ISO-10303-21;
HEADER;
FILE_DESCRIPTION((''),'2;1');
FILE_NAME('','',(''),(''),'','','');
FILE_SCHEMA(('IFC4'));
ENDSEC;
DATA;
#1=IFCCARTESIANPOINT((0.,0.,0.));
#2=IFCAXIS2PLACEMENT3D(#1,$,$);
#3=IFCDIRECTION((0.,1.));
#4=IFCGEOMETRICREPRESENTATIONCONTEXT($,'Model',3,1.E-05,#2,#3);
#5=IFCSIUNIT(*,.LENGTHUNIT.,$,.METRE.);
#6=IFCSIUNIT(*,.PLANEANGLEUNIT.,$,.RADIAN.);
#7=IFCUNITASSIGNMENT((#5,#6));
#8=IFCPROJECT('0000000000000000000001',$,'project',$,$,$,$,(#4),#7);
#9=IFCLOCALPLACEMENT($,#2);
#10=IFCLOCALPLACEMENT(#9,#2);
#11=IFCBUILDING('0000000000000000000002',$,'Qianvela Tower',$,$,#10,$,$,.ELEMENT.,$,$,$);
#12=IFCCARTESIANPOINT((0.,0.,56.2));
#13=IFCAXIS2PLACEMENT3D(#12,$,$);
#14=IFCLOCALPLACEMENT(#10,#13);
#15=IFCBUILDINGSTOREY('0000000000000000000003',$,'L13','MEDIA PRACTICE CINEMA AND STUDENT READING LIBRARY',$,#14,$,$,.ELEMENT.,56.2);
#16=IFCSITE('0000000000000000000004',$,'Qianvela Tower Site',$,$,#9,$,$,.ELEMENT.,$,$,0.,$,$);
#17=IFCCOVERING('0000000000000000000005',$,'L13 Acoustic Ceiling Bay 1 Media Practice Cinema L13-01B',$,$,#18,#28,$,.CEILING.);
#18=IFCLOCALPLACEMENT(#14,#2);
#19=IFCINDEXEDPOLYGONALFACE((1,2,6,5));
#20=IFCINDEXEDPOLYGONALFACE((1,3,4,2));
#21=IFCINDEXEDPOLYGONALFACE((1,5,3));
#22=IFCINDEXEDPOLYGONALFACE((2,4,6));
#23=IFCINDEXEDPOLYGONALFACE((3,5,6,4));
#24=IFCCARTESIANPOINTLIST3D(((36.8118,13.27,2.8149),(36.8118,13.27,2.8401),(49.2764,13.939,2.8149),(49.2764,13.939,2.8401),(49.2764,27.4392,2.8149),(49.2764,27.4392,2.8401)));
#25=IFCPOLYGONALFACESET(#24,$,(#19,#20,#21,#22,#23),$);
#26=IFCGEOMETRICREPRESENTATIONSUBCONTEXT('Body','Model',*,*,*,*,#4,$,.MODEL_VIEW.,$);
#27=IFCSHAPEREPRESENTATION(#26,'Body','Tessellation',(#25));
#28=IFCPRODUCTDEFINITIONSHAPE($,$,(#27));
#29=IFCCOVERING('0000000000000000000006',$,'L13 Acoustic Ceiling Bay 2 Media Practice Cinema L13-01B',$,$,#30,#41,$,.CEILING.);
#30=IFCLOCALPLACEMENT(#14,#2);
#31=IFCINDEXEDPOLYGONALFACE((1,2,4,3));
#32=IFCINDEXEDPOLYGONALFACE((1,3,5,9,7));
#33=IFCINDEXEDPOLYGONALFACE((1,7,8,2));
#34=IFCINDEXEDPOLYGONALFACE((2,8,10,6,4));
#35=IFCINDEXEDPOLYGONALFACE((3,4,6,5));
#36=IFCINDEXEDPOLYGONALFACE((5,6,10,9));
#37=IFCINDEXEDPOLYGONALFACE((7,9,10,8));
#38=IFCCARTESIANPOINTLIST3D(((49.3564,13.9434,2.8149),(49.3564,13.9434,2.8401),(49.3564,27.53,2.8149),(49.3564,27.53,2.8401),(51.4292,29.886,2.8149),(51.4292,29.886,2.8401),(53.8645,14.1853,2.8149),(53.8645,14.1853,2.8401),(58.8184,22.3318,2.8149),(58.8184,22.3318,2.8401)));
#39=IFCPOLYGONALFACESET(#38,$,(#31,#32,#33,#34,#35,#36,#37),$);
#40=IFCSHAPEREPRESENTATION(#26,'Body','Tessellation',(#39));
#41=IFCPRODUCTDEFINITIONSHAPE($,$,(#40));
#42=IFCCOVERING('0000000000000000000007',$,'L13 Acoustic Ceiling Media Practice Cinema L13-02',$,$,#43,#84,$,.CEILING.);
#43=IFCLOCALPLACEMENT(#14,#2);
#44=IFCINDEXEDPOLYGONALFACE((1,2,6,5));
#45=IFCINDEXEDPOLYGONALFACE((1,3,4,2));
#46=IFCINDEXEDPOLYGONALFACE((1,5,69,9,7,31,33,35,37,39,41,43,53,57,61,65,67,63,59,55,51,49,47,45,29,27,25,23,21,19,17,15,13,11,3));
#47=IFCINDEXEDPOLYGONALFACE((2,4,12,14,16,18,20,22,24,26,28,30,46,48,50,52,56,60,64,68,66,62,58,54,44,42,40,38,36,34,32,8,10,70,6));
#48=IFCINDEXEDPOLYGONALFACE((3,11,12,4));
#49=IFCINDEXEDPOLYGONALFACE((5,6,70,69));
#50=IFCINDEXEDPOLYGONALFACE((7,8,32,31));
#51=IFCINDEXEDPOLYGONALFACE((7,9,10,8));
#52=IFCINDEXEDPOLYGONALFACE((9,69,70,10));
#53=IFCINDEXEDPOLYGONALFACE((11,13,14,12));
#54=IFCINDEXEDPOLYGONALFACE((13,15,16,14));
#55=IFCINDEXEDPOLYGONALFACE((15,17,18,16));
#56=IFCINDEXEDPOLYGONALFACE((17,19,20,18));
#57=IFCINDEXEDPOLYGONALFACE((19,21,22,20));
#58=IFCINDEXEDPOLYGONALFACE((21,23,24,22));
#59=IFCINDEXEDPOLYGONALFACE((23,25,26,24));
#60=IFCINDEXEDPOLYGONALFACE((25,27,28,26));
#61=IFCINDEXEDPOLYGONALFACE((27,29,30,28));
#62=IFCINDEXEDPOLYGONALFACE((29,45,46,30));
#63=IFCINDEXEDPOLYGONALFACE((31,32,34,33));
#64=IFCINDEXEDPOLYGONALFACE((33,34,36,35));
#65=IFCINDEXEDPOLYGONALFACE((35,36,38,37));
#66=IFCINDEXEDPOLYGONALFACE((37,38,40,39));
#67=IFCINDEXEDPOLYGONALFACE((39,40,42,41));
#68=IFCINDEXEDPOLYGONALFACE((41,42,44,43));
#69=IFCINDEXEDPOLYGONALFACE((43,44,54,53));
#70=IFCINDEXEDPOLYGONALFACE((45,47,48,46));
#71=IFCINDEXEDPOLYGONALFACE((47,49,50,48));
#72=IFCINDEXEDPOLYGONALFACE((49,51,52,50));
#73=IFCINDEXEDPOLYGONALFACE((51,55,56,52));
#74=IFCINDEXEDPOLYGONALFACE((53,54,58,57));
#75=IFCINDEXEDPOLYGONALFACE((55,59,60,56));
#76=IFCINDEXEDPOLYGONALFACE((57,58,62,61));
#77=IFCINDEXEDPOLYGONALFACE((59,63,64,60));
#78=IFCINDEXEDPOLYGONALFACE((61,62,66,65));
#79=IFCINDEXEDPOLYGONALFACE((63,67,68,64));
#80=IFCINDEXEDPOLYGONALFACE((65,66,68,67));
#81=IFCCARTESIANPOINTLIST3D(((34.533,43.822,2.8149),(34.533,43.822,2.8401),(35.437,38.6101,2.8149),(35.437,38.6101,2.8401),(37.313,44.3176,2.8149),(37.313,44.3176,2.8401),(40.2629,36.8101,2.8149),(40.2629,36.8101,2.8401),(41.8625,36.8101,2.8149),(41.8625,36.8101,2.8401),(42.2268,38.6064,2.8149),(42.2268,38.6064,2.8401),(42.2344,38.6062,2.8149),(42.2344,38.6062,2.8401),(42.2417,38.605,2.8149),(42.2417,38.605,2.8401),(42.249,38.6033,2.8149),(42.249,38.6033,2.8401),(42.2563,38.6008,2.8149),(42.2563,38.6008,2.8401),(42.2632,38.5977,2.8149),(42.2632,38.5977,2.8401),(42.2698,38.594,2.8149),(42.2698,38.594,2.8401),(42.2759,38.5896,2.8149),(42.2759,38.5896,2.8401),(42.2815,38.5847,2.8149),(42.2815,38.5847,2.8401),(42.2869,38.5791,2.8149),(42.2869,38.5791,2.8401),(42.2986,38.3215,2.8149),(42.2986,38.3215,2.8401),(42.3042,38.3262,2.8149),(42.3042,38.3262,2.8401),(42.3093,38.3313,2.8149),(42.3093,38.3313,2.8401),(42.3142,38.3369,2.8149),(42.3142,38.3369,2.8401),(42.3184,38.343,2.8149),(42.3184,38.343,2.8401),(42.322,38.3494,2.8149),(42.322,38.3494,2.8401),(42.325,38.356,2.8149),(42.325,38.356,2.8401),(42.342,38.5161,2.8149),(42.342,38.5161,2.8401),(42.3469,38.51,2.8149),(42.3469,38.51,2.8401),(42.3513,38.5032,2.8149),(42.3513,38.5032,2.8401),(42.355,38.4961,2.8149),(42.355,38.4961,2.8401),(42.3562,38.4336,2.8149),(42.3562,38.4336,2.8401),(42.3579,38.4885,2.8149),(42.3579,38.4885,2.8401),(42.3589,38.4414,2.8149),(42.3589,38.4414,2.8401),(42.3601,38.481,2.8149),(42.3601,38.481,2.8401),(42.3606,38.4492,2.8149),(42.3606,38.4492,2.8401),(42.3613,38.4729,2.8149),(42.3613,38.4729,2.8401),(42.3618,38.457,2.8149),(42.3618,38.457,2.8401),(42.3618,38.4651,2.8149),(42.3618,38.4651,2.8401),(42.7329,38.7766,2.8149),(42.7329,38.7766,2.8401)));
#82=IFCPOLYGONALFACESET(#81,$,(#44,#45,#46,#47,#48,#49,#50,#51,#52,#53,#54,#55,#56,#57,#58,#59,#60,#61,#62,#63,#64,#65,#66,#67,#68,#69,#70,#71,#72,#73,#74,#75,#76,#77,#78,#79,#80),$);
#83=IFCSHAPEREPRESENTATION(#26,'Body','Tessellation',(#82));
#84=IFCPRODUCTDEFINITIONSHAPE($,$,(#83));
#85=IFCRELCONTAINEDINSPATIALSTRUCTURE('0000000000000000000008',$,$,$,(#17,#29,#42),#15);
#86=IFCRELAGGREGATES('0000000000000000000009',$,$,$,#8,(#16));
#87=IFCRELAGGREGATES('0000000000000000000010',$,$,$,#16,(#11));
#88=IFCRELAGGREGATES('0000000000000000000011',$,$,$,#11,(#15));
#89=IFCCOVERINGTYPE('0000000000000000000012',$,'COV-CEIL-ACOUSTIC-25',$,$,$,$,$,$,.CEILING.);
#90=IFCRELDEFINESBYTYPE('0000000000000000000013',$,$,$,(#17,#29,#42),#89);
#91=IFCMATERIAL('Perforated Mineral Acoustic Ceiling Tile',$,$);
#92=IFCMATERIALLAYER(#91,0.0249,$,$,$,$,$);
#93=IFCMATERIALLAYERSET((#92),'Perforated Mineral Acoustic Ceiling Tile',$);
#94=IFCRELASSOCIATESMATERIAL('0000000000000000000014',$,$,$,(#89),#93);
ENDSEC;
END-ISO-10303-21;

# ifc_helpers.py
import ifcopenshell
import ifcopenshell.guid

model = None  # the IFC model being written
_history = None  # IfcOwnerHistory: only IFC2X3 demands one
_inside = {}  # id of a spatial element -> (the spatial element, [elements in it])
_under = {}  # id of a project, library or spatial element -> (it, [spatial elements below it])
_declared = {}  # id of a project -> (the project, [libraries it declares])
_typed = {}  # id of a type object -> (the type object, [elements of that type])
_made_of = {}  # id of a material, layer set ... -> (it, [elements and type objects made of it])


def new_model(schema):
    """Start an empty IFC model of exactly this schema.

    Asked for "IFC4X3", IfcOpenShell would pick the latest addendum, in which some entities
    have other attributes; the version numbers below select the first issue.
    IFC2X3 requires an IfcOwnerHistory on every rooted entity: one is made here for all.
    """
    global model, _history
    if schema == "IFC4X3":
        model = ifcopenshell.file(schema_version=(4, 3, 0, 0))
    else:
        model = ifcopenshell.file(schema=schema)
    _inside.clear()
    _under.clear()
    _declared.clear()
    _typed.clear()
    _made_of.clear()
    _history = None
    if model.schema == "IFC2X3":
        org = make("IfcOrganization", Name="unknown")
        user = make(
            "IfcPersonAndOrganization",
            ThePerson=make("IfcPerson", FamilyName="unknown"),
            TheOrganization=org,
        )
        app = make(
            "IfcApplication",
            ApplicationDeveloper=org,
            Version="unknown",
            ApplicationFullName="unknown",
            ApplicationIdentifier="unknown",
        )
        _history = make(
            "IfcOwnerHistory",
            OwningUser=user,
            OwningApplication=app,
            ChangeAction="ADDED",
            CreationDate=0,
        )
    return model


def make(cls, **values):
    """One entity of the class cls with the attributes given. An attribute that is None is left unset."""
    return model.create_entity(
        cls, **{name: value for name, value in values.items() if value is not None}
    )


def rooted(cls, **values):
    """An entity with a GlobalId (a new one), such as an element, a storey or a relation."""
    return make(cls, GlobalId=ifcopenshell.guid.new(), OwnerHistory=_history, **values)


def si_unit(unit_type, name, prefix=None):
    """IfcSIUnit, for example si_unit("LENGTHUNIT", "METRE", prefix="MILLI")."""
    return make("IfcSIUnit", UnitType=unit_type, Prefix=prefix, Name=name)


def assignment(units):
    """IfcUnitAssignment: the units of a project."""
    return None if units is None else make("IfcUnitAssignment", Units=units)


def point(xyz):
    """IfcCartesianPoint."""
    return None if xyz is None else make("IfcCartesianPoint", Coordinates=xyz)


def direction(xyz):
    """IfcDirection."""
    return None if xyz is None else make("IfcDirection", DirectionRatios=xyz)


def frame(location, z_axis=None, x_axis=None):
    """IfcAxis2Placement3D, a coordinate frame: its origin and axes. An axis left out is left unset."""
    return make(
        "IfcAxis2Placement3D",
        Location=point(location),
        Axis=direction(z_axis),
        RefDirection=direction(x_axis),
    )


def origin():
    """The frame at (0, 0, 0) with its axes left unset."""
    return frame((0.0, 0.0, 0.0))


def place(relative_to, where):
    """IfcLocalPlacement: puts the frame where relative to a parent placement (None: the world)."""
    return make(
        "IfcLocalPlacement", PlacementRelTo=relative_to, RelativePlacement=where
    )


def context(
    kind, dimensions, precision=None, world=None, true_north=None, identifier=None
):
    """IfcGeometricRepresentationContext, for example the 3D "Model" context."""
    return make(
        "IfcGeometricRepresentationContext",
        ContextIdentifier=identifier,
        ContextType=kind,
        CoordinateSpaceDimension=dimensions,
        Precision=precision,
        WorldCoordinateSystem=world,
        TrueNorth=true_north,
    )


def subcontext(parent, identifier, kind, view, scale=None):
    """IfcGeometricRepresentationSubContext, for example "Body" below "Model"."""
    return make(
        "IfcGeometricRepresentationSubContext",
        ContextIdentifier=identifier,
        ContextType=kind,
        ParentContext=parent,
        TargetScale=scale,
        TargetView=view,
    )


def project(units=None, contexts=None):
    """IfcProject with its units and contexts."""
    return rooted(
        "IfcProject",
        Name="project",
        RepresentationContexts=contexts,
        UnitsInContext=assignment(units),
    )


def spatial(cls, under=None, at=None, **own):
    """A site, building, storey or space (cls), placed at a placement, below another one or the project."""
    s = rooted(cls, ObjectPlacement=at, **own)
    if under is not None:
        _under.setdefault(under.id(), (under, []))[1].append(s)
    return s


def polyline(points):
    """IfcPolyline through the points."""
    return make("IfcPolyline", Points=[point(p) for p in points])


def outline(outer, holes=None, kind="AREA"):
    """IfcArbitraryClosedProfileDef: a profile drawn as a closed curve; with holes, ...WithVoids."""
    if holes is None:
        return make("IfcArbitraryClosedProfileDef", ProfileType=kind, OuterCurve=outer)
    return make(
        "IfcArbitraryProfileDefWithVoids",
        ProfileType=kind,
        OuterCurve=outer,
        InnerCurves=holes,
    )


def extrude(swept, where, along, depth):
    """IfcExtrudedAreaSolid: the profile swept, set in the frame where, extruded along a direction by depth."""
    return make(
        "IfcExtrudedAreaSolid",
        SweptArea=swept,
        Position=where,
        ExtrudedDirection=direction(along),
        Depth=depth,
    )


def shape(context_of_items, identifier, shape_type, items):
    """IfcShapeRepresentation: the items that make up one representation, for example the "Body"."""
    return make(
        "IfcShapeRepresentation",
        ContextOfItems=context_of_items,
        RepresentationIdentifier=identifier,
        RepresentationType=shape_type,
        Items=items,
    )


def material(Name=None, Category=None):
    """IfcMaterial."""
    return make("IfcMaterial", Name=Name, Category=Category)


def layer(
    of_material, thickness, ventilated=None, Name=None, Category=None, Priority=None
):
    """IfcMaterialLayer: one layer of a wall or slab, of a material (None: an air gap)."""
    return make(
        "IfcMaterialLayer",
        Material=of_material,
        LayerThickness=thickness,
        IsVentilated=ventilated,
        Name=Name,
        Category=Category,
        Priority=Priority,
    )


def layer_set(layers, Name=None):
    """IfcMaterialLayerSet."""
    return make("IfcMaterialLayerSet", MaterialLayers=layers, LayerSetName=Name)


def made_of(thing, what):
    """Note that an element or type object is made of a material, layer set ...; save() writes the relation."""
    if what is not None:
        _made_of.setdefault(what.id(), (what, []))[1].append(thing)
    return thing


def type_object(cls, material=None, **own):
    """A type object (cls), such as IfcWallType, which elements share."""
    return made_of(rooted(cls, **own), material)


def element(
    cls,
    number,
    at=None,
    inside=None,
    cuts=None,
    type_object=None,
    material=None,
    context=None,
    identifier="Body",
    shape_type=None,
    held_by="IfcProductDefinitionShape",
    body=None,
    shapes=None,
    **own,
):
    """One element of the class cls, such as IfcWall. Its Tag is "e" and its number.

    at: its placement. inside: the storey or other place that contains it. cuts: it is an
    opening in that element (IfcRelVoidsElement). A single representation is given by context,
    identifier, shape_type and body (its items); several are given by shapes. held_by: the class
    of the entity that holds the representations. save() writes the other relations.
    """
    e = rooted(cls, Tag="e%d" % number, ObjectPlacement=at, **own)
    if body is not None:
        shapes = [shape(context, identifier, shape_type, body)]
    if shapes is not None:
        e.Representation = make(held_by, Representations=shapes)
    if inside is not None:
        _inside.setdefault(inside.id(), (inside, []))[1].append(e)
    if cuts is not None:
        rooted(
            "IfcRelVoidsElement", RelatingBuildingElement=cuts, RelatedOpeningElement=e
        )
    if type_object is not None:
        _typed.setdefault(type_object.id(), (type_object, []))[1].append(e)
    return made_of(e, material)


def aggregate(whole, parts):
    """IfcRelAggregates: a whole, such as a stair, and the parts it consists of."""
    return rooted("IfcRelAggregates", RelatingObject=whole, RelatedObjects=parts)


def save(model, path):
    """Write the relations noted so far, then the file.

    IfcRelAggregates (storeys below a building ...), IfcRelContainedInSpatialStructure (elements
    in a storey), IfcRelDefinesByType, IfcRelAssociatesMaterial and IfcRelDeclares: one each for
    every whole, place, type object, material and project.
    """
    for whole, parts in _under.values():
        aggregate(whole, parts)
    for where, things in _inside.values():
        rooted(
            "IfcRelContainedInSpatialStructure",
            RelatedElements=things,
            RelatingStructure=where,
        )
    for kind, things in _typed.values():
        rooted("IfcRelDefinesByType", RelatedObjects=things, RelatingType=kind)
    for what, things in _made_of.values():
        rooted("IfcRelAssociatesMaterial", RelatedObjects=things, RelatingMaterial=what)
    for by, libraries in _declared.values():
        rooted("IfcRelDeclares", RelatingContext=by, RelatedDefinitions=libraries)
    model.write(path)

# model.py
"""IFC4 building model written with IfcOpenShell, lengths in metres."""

from ifc_helpers import new_model, si_unit, direction, frame, origin, place, context, subcontext, project, spatial, polyline, outline, extrude, material, layer, layer_set, type_object, element, save


model = new_model("IFC4")

# Units and contexts
model_context = context("Model", 3, precision=1e-05, world=origin(), true_north=direction((0.0, 1.0)))
body_context = subcontext(model_context, "Body", "Model", "MODEL_VIEW")
ifc_project = project(units=[si_unit("LENGTHUNIT", "METRE"), si_unit("PLANEANGLEUNIT", "RADIAN")], contexts=[model_context])

# Site, building, storey
site_placement = place(None, origin())
site = spatial("IfcSite", under=ifc_project, at=site_placement, Name="Qianvela Tower Site", CompositionType="ELEMENT", RefElevation=0.0)
building_placement = place(site_placement, origin())
building = spatial("IfcBuilding", under=site, at=building_placement, Name="Qianvela Tower", CompositionType="ELEMENT")
storey_placement = place(building_placement, frame((0.0, 0.0, 56.2)))
storey = spatial("IfcBuildingStorey", under=building, at=storey_placement, Name="L13", Description="MEDIA PRACTICE CINEMA AND STUDENT READING LIBRARY", CompositionType="ELEMENT", Elevation=56.2)

# Coverings
ifc_material_1 = material(Name="Perforated Mineral Acoustic Ceiling Tile")
ifc_layer_1 = layer(ifc_material_1, 0.0249)
ifc_layer_set_1 = layer_set([ifc_layer_1], Name="Perforated Mineral Acoustic Ceiling Tile")
covering_type_1 = type_object("IfcCoveringType", Name="COV-CEIL-ACOUSTIC-25", PredefinedType="CEILING", material=ifc_layer_set_1)
covering_1_placement = place(storey_placement, frame((0.0, 0.0, 2.8149)))
element("IfcCovering", 1, at=covering_1_placement, inside=storey, type_object=covering_type_1, Name="L13 Acoustic Ceiling Bay 1 Media Practice Cinema L13-01B", PredefinedType="CEILING", context=body_context, shape_type="SweptSolid", body=[
    extrude(outline(polyline([(36.8118, 13.27), (49.2764, 27.4392), (49.2764, 13.939), (36.8118, 13.27)])), origin(), (0.0, 0.0, 1.0), 0.0251),
])
covering_2_placement = place(storey_placement, frame((0.0, 0.0, 2.8149)))
element("IfcCovering", 2, at=covering_2_placement, inside=storey, type_object=covering_type_1, Name="L13 Acoustic Ceiling Bay 2 Media Practice Cinema L13-01B", PredefinedType="CEILING", context=body_context, shape_type="SweptSolid", body=[
    extrude(outline(polyline([(49.3564, 13.9434), (49.3564, 27.53), (51.4292, 29.886), (58.8184, 22.3318), (53.8645, 14.1853), (49.3564, 13.9434)])), origin(), (0.0, 0.0, 1.0), 0.0251),
])
covering_3_placement = place(storey_placement, frame((0.0, 0.0, 2.8149)))
element("IfcCovering", 3, at=covering_3_placement, inside=storey, type_object=covering_type_1, Name="L13 Acoustic Ceiling Media Practice Cinema L13-02", PredefinedType="CEILING", context=body_context, shape_type="SweptSolid", body=[
    extrude(outline(polyline([(34.533, 43.822), (37.313, 44.3176), (42.7329, 38.7766), (41.8625, 36.8101), (40.2629, 36.8101), (42.2986, 38.3215), (42.3042, 38.3262), (42.3093, 38.3313), (42.3142, 38.3369), (42.3184, 38.343), (42.322, 38.3494), (42.325, 38.356), (42.3562, 38.4336), (42.3589, 38.4414), (42.3606, 38.4492), (42.3618, 38.457), (42.3618, 38.4651), (42.3613, 38.4729), (42.3601, 38.481), (42.3579, 38.4885), (42.355, 38.4961), (42.3513, 38.5032), (42.3469, 38.51), (42.342, 38.5161), (42.2869, 38.5791), (42.2815, 38.5847), (42.2759, 38.5896), (42.2698, 38.594), (42.2632, 38.5977), (42.2563, 38.6008), (42.249, 38.6033), (42.2417, 38.605), (42.2344, 38.6062), (42.2268, 38.6064), (35.437, 38.6101), (34.533, 43.822)])), origin(), (0.0, 0.0, 1.0), 0.0251),
])

save(model, "model.ifc")
